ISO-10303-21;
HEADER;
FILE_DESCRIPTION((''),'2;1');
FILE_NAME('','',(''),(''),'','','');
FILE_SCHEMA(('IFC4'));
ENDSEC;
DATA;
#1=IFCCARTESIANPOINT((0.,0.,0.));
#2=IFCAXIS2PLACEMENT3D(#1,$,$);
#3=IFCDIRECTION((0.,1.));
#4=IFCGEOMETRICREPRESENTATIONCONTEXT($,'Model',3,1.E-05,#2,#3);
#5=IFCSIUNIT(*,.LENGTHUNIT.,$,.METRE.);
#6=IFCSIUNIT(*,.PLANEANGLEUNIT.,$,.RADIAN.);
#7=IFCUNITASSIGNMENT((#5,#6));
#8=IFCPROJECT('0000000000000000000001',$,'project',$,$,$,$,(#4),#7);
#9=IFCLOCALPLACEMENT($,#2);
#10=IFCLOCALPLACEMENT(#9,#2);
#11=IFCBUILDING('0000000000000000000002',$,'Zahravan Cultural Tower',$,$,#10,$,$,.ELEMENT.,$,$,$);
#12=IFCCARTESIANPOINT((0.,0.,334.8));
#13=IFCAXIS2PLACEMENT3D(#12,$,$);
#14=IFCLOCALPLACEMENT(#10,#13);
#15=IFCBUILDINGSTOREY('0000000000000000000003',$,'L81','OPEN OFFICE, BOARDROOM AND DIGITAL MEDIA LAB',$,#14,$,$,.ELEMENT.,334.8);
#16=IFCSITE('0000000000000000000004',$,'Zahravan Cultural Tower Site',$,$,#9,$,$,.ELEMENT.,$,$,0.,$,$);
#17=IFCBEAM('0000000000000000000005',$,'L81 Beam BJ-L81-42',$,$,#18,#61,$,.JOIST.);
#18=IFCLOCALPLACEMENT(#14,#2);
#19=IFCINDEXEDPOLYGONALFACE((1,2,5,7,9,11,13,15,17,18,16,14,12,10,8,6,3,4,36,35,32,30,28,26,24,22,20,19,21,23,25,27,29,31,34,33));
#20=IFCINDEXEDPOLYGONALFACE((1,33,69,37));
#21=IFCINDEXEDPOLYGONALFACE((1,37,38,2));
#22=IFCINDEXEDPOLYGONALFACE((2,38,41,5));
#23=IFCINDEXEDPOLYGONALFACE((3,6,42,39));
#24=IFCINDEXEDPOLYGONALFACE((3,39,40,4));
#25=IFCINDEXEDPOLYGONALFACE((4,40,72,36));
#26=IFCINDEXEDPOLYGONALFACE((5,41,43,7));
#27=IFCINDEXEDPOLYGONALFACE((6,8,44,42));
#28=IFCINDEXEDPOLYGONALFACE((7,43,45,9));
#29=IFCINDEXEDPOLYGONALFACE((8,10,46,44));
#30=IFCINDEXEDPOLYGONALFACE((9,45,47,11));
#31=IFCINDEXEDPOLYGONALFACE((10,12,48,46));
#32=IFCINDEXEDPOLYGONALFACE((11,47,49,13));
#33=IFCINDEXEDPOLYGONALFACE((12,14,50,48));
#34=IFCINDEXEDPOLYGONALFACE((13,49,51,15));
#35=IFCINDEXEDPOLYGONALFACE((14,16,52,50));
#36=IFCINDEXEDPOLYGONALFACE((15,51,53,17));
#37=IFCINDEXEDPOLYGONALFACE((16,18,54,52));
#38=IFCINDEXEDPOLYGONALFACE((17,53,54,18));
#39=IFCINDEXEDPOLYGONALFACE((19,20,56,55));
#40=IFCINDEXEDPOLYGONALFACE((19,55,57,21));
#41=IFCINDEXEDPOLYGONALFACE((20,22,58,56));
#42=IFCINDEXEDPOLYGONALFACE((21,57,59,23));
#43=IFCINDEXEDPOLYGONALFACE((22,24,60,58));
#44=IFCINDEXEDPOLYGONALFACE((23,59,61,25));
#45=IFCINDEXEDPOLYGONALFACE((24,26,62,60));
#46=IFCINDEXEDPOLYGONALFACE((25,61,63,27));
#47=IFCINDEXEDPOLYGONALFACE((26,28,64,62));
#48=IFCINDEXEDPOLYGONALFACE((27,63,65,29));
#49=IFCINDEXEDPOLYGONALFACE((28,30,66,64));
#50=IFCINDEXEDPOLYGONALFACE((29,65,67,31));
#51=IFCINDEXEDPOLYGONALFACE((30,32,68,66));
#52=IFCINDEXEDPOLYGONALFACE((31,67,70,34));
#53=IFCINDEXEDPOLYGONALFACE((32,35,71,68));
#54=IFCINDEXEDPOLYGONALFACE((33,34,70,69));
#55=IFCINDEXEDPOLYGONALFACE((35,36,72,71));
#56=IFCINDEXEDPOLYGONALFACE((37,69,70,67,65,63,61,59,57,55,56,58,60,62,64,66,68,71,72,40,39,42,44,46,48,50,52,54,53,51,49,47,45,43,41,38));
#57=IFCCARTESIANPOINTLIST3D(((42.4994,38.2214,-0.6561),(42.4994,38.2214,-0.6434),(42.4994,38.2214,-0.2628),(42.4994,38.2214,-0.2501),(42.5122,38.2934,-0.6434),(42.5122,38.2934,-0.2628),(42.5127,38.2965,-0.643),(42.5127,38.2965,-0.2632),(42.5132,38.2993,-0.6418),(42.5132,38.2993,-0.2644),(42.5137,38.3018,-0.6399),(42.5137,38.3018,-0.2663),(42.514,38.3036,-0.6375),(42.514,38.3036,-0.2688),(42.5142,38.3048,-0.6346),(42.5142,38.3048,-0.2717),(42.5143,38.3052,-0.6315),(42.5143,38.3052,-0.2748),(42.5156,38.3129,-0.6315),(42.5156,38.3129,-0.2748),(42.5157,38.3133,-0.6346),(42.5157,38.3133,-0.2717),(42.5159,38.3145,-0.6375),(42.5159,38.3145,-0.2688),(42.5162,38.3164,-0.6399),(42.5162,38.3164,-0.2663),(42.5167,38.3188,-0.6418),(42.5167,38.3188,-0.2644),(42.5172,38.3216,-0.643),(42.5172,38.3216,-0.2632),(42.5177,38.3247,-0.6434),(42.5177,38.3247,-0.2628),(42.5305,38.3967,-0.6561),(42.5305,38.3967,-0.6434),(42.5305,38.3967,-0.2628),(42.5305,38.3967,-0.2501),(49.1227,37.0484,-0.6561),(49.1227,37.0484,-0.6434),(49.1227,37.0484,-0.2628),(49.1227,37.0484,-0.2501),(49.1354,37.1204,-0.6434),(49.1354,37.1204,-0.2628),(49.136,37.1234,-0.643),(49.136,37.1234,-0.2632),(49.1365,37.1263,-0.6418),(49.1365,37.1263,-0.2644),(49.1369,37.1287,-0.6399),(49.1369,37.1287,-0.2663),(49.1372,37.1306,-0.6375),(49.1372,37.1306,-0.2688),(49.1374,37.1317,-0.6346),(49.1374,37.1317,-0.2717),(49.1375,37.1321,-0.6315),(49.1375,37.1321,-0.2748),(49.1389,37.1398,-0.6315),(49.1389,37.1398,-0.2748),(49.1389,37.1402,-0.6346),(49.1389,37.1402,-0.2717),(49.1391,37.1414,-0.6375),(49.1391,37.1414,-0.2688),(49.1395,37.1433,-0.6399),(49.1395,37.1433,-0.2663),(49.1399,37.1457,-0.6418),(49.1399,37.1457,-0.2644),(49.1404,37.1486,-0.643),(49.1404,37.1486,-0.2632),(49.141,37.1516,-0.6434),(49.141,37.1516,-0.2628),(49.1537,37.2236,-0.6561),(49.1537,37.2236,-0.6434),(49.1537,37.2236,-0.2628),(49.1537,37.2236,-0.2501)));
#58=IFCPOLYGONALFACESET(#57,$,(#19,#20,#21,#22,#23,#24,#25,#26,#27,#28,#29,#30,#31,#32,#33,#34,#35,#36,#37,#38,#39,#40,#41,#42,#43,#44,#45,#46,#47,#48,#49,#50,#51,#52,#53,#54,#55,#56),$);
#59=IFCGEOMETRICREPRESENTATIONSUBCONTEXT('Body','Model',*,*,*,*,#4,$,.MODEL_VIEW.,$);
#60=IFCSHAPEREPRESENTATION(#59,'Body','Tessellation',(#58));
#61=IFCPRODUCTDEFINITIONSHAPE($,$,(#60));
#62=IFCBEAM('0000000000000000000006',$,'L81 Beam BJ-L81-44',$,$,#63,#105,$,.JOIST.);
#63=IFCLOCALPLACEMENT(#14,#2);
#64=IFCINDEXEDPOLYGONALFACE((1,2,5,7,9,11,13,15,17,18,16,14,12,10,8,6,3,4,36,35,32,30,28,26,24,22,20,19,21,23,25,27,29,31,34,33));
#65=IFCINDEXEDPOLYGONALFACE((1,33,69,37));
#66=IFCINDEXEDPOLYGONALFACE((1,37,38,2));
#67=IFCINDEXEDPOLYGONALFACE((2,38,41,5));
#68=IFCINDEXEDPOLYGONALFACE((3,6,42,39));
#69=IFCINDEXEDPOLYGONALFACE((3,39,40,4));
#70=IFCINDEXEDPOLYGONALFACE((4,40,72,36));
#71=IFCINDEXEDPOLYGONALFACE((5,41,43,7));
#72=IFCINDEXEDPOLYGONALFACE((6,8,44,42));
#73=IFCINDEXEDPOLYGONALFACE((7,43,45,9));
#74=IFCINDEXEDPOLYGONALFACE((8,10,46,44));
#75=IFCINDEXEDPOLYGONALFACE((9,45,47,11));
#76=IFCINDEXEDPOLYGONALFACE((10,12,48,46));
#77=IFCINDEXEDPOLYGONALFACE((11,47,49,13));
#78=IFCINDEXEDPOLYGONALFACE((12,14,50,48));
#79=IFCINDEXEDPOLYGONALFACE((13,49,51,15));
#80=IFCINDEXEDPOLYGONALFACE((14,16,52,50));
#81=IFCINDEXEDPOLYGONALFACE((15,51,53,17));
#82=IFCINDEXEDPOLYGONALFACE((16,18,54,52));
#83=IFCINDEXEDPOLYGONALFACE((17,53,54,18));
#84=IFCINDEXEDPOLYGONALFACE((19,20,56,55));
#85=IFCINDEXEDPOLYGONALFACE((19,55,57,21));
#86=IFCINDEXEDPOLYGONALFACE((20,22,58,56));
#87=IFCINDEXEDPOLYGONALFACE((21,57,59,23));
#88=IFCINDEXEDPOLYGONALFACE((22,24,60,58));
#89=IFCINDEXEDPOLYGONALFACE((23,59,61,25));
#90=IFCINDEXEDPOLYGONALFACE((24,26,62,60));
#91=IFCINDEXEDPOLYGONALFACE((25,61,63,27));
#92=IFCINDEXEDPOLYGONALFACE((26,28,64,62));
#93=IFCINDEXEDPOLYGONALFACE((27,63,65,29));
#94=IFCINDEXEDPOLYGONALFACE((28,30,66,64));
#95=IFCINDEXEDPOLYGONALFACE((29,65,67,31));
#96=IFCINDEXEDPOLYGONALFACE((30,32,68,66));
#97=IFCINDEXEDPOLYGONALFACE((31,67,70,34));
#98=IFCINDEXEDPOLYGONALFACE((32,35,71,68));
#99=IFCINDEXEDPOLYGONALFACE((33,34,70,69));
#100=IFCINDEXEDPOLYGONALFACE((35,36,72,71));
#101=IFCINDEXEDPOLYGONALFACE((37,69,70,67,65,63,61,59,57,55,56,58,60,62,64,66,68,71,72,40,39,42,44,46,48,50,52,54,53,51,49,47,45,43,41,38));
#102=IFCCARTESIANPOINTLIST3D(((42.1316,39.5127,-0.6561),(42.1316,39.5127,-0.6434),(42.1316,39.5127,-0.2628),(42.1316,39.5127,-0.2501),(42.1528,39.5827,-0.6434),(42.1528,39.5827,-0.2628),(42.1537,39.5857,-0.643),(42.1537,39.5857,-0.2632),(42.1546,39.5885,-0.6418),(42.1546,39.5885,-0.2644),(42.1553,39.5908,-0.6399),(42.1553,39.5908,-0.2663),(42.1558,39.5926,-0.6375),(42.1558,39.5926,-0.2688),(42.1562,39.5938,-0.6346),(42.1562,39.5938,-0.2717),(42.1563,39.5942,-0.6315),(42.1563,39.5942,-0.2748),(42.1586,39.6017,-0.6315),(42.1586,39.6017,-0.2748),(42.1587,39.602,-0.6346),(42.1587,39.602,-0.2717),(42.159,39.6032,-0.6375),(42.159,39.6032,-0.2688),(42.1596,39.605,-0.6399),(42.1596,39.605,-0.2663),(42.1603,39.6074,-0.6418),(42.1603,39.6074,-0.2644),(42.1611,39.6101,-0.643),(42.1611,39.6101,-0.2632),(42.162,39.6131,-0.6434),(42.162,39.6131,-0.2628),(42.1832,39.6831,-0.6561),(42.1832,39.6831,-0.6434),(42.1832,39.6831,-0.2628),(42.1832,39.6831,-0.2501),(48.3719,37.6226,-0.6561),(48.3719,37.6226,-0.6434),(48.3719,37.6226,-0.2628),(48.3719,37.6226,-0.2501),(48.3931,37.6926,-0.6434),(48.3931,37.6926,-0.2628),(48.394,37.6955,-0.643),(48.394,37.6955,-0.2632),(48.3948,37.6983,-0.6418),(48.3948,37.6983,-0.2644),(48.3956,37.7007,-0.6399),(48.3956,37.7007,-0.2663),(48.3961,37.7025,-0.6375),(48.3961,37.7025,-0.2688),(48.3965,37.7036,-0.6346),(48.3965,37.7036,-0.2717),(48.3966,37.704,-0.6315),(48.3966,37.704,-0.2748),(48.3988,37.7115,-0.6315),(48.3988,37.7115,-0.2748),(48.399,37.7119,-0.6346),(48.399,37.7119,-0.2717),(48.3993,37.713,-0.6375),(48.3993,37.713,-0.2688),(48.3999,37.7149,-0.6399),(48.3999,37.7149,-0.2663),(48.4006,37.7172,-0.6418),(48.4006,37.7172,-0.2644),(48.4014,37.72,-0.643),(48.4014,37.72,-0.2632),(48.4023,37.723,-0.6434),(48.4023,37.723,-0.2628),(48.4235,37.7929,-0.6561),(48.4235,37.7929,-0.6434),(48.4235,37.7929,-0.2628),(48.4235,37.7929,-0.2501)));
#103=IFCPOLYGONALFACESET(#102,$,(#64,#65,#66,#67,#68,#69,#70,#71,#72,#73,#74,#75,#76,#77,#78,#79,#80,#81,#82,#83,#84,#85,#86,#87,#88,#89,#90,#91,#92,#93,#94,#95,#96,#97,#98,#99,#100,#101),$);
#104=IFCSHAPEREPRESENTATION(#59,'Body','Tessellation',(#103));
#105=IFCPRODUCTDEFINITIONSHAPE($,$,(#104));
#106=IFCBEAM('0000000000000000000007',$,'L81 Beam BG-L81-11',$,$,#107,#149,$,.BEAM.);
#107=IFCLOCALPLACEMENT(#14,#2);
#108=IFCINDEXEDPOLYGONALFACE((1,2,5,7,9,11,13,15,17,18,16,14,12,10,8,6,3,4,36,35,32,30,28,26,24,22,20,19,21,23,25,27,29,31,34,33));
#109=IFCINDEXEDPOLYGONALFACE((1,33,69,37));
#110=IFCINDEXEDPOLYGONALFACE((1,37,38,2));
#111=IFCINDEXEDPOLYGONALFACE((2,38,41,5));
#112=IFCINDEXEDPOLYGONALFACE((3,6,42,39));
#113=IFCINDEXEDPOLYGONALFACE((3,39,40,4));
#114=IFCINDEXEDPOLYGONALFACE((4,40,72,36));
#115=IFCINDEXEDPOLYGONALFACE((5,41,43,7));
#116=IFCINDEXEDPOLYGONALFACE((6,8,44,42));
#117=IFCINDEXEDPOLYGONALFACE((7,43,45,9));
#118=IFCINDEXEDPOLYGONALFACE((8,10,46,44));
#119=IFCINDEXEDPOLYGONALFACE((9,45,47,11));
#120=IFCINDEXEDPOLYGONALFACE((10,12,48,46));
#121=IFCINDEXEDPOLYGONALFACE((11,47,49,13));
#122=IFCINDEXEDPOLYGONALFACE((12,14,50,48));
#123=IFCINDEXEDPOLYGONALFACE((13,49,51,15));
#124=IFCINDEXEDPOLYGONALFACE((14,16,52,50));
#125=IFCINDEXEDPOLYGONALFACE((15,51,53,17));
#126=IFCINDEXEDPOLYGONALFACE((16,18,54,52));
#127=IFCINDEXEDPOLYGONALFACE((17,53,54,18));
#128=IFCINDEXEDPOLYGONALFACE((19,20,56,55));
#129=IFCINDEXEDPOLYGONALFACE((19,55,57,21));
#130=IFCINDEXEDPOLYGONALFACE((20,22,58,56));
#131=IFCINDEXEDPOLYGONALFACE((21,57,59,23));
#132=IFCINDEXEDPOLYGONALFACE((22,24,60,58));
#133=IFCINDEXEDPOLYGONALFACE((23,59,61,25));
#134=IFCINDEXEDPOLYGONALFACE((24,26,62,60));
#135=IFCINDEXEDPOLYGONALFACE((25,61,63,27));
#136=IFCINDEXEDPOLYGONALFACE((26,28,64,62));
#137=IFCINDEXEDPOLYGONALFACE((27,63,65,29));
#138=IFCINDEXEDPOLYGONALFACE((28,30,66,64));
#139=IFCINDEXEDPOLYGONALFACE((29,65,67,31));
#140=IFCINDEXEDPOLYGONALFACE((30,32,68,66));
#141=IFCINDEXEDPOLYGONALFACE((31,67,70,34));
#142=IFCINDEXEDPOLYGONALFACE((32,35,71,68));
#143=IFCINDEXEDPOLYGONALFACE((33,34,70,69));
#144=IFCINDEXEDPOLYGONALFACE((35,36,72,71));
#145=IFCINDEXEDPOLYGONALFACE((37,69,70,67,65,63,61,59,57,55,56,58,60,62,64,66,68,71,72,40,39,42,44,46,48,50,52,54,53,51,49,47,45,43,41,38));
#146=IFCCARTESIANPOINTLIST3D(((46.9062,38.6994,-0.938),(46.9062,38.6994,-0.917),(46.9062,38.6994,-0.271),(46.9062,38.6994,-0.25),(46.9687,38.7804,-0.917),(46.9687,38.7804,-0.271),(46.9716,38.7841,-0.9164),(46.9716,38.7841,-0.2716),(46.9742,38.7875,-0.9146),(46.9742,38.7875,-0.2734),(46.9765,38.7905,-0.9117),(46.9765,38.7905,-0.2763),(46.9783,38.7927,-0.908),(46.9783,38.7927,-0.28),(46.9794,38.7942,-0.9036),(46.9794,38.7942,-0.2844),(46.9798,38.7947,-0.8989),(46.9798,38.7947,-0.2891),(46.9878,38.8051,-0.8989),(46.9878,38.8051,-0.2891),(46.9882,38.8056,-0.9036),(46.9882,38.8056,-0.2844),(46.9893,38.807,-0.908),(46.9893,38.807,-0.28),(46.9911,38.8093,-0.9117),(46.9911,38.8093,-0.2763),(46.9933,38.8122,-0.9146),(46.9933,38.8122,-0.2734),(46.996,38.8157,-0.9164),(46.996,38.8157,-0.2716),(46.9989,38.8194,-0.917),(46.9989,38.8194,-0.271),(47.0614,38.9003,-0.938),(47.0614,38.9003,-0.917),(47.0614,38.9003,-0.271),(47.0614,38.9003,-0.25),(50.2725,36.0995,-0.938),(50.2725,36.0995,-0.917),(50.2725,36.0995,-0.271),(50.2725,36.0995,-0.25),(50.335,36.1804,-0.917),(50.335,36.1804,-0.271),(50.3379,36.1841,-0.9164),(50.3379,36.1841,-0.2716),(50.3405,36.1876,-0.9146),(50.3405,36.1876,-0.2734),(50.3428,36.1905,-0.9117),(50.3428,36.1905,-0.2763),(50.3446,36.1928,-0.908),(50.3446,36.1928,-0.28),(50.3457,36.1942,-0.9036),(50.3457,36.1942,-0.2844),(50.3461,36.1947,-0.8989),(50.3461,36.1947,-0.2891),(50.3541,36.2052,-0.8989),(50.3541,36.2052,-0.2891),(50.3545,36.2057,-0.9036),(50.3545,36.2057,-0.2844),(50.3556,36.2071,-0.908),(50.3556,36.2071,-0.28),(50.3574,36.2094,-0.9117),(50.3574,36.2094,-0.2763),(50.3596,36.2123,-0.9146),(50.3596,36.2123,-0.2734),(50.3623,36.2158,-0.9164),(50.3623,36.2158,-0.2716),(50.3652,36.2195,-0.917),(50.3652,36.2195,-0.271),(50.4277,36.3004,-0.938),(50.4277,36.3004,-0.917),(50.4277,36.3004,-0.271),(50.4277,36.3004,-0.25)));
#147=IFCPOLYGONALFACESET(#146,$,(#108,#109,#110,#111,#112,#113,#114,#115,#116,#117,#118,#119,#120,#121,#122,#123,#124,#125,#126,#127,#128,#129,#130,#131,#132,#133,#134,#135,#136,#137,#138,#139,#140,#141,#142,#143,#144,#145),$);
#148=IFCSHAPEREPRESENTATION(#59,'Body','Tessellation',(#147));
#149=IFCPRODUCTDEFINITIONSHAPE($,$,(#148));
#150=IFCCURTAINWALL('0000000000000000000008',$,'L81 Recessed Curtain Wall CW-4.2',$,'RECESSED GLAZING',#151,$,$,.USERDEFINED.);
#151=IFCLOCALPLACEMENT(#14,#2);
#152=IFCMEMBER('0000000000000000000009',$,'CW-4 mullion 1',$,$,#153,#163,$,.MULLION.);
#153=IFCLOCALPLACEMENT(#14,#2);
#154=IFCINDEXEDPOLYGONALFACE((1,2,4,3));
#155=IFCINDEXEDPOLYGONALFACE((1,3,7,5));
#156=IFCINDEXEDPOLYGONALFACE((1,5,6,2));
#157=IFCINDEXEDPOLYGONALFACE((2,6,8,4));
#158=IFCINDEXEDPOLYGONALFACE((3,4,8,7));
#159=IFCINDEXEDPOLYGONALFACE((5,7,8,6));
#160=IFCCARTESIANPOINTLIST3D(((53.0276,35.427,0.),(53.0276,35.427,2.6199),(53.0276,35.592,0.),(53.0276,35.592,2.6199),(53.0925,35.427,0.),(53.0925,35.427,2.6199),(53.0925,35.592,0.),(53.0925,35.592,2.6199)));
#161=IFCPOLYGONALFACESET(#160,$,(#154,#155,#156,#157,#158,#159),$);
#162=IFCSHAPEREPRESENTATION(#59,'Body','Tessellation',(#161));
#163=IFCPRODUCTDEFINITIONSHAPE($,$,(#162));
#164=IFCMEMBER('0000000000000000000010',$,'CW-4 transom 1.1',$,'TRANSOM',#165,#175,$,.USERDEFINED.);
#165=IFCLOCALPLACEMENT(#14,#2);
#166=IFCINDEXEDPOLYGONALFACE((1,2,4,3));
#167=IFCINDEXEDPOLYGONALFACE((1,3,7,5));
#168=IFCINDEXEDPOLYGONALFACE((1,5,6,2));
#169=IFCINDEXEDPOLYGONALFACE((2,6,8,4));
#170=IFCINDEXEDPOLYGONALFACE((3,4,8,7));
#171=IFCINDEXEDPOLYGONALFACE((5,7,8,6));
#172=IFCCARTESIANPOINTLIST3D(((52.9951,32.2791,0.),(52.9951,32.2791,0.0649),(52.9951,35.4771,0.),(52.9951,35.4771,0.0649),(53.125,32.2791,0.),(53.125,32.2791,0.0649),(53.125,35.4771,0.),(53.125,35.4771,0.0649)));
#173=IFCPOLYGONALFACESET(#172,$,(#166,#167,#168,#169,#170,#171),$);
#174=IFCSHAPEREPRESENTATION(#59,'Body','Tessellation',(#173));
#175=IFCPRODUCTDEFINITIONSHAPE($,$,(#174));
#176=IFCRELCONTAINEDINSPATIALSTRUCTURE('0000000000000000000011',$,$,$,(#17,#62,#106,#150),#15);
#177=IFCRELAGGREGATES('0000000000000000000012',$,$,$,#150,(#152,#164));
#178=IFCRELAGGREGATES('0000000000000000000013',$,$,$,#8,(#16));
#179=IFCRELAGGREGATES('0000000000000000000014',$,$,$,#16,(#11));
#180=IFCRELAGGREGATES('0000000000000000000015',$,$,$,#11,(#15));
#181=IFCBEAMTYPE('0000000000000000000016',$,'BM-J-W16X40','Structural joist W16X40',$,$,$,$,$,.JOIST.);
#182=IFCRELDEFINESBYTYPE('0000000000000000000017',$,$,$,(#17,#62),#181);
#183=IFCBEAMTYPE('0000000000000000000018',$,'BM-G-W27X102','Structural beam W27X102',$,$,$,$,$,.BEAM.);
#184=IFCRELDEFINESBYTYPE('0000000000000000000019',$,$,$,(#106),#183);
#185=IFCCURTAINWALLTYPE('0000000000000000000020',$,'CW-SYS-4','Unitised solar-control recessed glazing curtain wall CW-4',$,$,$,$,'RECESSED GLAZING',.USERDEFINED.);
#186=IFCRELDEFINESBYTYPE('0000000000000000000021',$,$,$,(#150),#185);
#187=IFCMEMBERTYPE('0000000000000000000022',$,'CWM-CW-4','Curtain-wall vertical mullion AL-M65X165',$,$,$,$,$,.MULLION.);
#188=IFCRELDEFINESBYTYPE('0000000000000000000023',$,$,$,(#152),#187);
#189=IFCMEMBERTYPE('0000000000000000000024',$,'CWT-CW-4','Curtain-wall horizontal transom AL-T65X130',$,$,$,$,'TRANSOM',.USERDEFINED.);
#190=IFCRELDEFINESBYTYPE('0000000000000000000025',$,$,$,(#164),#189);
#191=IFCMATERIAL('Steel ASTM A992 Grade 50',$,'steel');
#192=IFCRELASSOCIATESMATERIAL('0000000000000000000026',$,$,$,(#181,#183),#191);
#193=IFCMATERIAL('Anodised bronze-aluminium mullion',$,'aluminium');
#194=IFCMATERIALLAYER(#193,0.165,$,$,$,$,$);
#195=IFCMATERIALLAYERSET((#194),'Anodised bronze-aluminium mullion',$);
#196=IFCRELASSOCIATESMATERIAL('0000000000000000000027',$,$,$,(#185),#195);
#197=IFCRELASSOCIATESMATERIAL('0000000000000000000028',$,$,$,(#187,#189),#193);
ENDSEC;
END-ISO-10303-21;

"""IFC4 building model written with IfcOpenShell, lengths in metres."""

from ifc_helpers import new_model, si_unit, direction, frame, origin, origin_2d, place, context, subcontext, project, spatial, rectangle, i_section, extrude, source, transform, mapped, material, layer, layer_set, material_profile, profile_set, type_object, element, aggregate, save


model = new_model("IFC4")

# Units and contexts
model_context = context("Model", 3, precision=1e-05, world=origin(), true_north=direction((0.0, 1.0)))
body_context = subcontext(model_context, "Body", "Model", "MODEL_VIEW")
ifc_project = project(units=[si_unit("LENGTHUNIT", "METRE"), si_unit("PLANEANGLEUNIT", "RADIAN")], contexts=[model_context])

# Site, building, storey
site_placement = place(None, origin())
site = spatial("IfcSite", under=ifc_project, at=site_placement, Name="Zahravan Cultural Tower Site", CompositionType="ELEMENT", RefElevation=0.0)
building_placement = place(site_placement, origin())
building = spatial("IfcBuilding", under=site, at=building_placement, Name="Zahravan Cultural Tower", CompositionType="ELEMENT")
storey_placement = place(building_placement, frame((0.0, 0.0, 334.8)))
storey = spatial("IfcBuildingStorey", under=building, at=storey_placement, Name="L81", Description="OPEN OFFICE, BOARDROOM AND DIGITAL MEDIA LAB", CompositionType="ELEMENT", Elevation=334.8)

# Shared definitions
ifc_material_1 = material(Name="Steel ASTM A992 Grade 50", Category="steel")

# Beams
ifc_material_profile_1 = material_profile(ifc_material_1, i_section(OverallWidth=0.178, OverallDepth=0.406, WebThickness=0.0078, FlangeThickness=0.0127, FilletRadius=0.012, at=origin_2d()), Name="W16X40")
ifc_profile_set_1 = profile_set([ifc_material_profile_1], Name="Steel ASTM A992 Grade 50")
beam_type_1 = type_object("IfcBeamType", Name="BM-J-W16X40", Description="Structural joist W16X40", PredefinedType="JOIST", material=ifc_profile_set_1)
shared_shape_1 = source(origin(), body_context, "Body", "SweptSolid", [
    extrude(i_section(OverallWidth=0.178, OverallDepth=0.406, WebThickness=0.0078, FlangeThickness=0.0127, FilletRadius=0.012, at=origin_2d()), origin(), (0.0, 0.0, 1.0), 6.7263),
])
beam_1_placement = place(storey_placement, frame((49.1382, 37.136, -0.4531), z_axis=(-0.984674, 0.174402, 0.0), x_axis=(-0.174402, -0.984674, 0.0)))
element("IfcBeam", 1, at=beam_1_placement, inside=storey, type_object=beam_type_1, Name="L81 Beam BJ-L81-42", PredefinedType="JOIST", context=body_context, shape_type="MappedRepresentation", body=[
    mapped(shared_shape_1, transform((0.0, 0.0, 0.0), x_axis=(1.0, 0.0, 0.0), y_axis=(0.0, 1.0, 0.0), z_axis=(0.0, 0.0, 1.0), scale=1.0)),
])
shared_shape_2 = source(origin(), body_context, "Body", "SweptSolid", [
    extrude(i_section(OverallWidth=0.178, OverallDepth=0.406, WebThickness=0.0078, FlangeThickness=0.0127, FilletRadius=0.012, at=origin_2d()), origin(), (0.0, 0.0, 1.0), 6.5203),
])
beam_2_placement = place(storey_placement, frame((48.3977, 37.7078, -0.4531), z_axis=(-0.95706, 0.289889, 0.0), x_axis=(-0.289889, -0.95706, 0.0)))
element("IfcBeam", 2, at=beam_2_placement, inside=storey, type_object=beam_type_1, Name="L81 Beam BJ-L81-44", PredefinedType="JOIST", context=body_context, shape_type="MappedRepresentation", body=[
    mapped(shared_shape_2, transform((0.0, 0.0, 0.0), x_axis=(1.0, 0.0, 0.0), y_axis=(0.0, 1.0, 0.0), z_axis=(0.0, 0.0, 1.0), scale=1.0)),
])
ifc_material_profile_2 = material_profile(ifc_material_1, i_section(OverallWidth=0.2539, OverallDepth=0.688, WebThickness=0.0132, FlangeThickness=0.021, FilletRadius=0.0181, at=origin_2d()), Name="W27X102")
ifc_profile_set_2 = profile_set([ifc_material_profile_2], Name="Steel ASTM A992 Grade 50")
beam_type_2 = type_object("IfcBeamType", Name="BM-G-W27X102", Description="Structural beam W27X102", PredefinedType="BEAM", material=ifc_profile_set_2)
shared_shape_3 = source(origin(), body_context, "Body", "SweptSolid", [
    extrude(i_section(OverallWidth=0.2539, OverallDepth=0.688, WebThickness=0.0132, FlangeThickness=0.021, FilletRadius=0.0181, at=origin_2d()), origin(), (0.0, 0.0, 1.0), 4.2534),
])
beam_3_placement = place(storey_placement, frame((50.3501, 36.2, -0.594), z_axis=(-0.791434, 0.611255, 0.0), x_axis=(-0.611255, -0.791434, 0.0)))
element("IfcBeam", 3, at=beam_3_placement, inside=storey, type_object=beam_type_2, Name="L81 Beam BG-L81-11", PredefinedType="BEAM", context=body_context, shape_type="MappedRepresentation", body=[
    mapped(shared_shape_3, transform((0.0, 0.0, 0.0), x_axis=(1.0, 0.0, 0.0), y_axis=(0.0, 1.0, 0.0), z_axis=(0.0, 0.0, 1.0), scale=1.0)),
])

# Curtain wall, members
ifc_material_2 = material(Name="Anodised bronze-aluminium mullion", Category="aluminium")
ifc_layer_1 = layer(ifc_material_2, 0.165)
ifc_layer_set_1 = layer_set([ifc_layer_1], Name="Anodised bronze-aluminium mullion")
curtain_wall_type = type_object("IfcCurtainWallType", Name="CW-SYS-4", Description="Unitised solar-control recessed glazing curtain wall CW-4", ElementType="RECESSED GLAZING", PredefinedType="USERDEFINED", material=ifc_layer_set_1)
curtain_wall_placement = place(storey_placement, origin())
curtain_wall = element("IfcCurtainWall", 4, at=curtain_wall_placement, inside=storey, type_object=curtain_wall_type, Name="L81 Recessed Curtain Wall CW-4.2", ObjectType="RECESSED GLAZING", PredefinedType="USERDEFINED")
ifc_material_profile_3 = material_profile(ifc_material_2, rectangle(XDim=0.0649, YDim=0.165, at=origin_2d()), Name="AL-M65X165")
ifc_profile_set_3 = profile_set([ifc_material_profile_3], Name="Anodised bronze-aluminium mullion")
member_type_1 = type_object("IfcMemberType", Name="CWM-CW-4", Description="Curtain-wall vertical mullion AL-M65X165", PredefinedType="MULLION", material=ifc_profile_set_3)
shared_shape_4 = source(origin(), body_context, "Body", "SweptSolid", [
    extrude(rectangle(XDim=0.0649, YDim=0.165, at=origin_2d()), origin(), (0.0, 0.0, 1.0), 2.6199),
])
member_1_placement = place(storey_placement, frame((53.0601, 35.5095, 0.0), z_axis=(0.0, 0.0, 1.0), x_axis=(1.0, 0.0, 0.0)))
member_1 = element("IfcMember", 5, at=member_1_placement, type_object=member_type_1, Name="CW-4 mullion 1", PredefinedType="MULLION", context=body_context, shape_type="MappedRepresentation", body=[
    mapped(shared_shape_4, transform((0.0, 0.0, 0.0), x_axis=(1.0, 0.0, 0.0), y_axis=(0.0, 1.0, 0.0), z_axis=(0.0, 0.0, 1.0), scale=1.0)),
])
ifc_material_profile_4 = material_profile(ifc_material_2, rectangle(XDim=0.1299, YDim=0.0649, at=origin_2d()), Name="AL-T65X130")
ifc_profile_set_4 = profile_set([ifc_material_profile_4], Name="Anodised bronze-aluminium mullion")
member_type_2 = type_object("IfcMemberType", Name="CWT-CW-4", Description="Curtain-wall horizontal transom AL-T65X130", ElementType="TRANSOM", PredefinedType="USERDEFINED", material=ifc_profile_set_4)
shared_shape_5 = source(origin(), body_context, "Body", "SweptSolid", [
    extrude(rectangle(XDim=0.1299, YDim=0.0649, at=origin_2d()), origin(), (0.0, 0.0, 1.0), 3.198),
])
member_2_placement = place(storey_placement, frame((53.0601, 35.4771, 0.0325), z_axis=(0.0, -1.0, 0.0), x_axis=(1.0, 0.0, 0.0)))
member_2 = element("IfcMember", 6, at=member_2_placement, type_object=member_type_2, Name="CW-4 transom 1.1", ObjectType="TRANSOM", PredefinedType="USERDEFINED", context=body_context, shape_type="MappedRepresentation", body=[
    mapped(shared_shape_5, transform((0.0, 0.0, 0.0), x_axis=(1.0, 0.0, 0.0), y_axis=(0.0, 1.0, 0.0), z_axis=(0.0, 0.0, 1.0), scale=1.0)),
])
aggregate(curtain_wall, [member_1, member_2])

save(model, "model.ifc")
